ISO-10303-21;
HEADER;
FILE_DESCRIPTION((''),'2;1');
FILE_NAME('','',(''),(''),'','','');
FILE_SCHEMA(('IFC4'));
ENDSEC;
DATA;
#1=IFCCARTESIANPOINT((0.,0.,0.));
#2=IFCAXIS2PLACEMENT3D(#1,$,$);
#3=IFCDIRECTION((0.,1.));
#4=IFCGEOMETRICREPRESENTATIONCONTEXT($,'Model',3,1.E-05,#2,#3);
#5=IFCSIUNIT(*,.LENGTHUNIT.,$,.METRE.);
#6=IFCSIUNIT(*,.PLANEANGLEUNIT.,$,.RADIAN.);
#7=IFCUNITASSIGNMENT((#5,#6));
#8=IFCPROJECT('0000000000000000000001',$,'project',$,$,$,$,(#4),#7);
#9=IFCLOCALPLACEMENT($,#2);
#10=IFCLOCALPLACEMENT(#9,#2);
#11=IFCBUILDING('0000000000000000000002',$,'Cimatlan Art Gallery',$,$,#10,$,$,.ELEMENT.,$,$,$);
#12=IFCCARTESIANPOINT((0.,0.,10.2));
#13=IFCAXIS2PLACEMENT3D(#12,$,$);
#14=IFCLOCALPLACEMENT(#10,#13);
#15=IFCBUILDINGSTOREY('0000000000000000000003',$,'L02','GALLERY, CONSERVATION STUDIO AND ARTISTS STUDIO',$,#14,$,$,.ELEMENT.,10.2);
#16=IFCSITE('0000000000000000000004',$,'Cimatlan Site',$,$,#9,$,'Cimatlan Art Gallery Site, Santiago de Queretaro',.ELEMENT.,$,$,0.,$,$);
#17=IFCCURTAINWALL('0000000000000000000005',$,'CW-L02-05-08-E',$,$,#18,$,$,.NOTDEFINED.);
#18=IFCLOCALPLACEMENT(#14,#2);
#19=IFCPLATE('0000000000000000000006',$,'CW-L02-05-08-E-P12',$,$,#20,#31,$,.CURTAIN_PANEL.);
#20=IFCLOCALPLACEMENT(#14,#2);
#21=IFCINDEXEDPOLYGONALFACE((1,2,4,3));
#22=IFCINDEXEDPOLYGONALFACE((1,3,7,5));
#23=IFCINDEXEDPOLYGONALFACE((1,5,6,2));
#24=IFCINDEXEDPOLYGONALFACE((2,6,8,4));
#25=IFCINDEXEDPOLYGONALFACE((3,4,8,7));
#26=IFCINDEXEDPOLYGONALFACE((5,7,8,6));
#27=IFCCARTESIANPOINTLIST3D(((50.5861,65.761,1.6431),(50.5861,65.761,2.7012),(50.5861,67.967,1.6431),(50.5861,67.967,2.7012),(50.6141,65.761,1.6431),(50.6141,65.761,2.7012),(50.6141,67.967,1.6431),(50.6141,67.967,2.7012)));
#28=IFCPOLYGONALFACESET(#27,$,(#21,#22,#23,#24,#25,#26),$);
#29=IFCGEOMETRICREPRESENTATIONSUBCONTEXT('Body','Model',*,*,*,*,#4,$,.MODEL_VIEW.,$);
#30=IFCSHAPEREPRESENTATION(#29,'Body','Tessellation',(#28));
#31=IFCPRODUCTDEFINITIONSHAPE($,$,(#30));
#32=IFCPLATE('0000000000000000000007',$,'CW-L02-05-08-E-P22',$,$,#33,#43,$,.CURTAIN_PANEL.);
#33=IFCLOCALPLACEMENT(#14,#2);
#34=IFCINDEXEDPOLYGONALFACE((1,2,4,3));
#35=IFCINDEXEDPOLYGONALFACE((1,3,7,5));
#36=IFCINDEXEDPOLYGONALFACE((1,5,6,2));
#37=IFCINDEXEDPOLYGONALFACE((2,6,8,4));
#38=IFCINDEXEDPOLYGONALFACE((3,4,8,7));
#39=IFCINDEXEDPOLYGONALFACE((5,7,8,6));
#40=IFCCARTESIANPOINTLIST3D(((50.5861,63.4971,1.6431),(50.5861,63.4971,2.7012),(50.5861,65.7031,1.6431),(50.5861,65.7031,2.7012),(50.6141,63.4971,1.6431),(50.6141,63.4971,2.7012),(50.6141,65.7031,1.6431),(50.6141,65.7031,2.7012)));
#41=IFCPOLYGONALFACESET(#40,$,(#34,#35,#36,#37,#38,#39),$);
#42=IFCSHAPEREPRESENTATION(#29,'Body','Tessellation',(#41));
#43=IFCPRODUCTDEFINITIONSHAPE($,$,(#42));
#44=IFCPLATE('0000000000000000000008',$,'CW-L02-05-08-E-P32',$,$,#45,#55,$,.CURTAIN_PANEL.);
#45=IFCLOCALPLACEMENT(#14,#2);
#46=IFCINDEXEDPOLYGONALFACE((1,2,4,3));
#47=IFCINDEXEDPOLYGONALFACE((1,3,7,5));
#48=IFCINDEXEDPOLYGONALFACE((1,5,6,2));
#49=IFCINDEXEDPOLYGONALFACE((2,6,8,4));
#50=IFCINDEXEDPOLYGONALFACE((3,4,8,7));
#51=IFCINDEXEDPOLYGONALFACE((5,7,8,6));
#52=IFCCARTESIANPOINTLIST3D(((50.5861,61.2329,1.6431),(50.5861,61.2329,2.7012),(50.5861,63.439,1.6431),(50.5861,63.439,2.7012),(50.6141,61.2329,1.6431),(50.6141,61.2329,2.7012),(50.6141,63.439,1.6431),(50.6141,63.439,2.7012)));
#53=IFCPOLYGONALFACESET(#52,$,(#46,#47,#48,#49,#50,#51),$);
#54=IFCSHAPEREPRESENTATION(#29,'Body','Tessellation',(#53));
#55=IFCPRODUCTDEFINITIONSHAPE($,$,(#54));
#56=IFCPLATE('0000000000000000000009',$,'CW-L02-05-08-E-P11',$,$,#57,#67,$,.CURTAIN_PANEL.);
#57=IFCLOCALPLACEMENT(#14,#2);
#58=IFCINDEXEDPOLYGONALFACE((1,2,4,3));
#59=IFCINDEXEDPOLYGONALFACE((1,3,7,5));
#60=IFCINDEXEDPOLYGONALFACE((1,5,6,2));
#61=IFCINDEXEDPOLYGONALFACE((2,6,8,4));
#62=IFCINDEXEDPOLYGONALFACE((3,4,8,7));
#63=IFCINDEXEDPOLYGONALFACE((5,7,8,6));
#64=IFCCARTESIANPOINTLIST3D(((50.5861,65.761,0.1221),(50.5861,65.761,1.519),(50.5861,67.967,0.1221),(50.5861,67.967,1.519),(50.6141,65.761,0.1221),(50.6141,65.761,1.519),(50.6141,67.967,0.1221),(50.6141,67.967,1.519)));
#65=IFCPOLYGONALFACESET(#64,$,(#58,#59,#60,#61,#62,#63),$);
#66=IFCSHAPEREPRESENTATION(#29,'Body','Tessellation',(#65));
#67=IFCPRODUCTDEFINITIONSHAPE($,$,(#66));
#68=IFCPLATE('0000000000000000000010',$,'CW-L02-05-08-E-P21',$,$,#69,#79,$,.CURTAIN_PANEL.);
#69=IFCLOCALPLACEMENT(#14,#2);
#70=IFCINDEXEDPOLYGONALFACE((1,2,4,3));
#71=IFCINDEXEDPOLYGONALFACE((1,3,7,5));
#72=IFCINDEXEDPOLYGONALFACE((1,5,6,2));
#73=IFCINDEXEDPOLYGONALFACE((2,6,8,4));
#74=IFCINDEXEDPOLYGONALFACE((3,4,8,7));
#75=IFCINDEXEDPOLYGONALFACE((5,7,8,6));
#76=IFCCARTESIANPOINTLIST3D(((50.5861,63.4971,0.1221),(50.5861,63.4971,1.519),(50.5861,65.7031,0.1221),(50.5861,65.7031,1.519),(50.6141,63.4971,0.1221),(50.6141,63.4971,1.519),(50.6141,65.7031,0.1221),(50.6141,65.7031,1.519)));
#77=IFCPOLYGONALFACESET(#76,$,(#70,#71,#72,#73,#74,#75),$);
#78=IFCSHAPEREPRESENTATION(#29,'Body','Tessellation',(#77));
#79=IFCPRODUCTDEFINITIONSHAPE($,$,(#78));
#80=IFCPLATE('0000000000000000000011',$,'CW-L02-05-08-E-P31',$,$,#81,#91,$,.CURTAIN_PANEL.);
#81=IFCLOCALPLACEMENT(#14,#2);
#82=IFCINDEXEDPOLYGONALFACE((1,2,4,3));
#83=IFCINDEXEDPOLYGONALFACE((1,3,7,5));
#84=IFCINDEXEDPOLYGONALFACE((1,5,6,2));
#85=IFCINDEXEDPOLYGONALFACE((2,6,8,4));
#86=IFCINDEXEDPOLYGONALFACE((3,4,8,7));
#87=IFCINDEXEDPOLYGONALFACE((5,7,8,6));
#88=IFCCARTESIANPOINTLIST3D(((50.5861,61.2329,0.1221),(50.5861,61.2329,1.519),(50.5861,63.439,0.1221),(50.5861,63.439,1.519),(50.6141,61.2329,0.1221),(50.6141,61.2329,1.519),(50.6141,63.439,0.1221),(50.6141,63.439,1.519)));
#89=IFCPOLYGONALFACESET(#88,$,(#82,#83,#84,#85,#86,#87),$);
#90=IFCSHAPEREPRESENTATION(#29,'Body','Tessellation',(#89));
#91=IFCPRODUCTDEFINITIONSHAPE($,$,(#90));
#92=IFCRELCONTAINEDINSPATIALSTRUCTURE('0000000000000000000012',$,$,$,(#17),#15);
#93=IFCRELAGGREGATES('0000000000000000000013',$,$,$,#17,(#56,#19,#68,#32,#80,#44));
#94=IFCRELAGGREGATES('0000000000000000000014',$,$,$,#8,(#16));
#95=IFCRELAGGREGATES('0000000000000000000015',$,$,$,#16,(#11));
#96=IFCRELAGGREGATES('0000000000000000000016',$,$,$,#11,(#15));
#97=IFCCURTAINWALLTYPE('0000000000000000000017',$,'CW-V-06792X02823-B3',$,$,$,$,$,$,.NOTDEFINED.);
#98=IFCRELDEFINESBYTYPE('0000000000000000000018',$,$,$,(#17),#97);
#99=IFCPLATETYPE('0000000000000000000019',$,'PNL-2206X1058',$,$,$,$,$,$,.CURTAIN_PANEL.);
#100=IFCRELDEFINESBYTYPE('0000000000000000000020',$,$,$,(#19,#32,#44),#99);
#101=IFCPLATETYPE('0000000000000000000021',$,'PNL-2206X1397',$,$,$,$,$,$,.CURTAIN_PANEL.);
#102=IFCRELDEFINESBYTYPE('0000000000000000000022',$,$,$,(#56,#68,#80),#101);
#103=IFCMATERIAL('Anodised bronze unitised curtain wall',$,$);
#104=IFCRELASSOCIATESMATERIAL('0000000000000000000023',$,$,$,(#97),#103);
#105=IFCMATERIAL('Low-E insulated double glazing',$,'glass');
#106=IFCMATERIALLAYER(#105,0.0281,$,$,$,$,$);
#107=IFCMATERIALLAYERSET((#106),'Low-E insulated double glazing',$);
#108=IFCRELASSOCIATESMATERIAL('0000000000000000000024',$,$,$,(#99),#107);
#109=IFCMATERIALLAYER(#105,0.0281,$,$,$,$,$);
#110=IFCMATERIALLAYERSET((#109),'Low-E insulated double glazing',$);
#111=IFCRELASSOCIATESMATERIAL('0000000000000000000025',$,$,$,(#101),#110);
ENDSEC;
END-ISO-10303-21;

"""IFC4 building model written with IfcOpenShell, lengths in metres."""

from ifc_helpers import new_model, si_unit, direction, frame, origin, origin_2d, place, context, subcontext, project, spatial, rectangle, extrude, material, layer, layer_set, type_object, element, aggregate, save


model = new_model("IFC4")

# Units and contexts
model_context = context("Model", 3, precision=1e-05, world=origin(), true_north=direction((0.0, 1.0)))
body_context = subcontext(model_context, "Body", "Model", "MODEL_VIEW")
ifc_project = project(units=[si_unit("LENGTHUNIT", "METRE"), si_unit("PLANEANGLEUNIT", "RADIAN")], contexts=[model_context])

# Site, building, storey
site_placement = place(None, origin())
site = spatial("IfcSite", under=ifc_project, at=site_placement, Name="Cimatlan Site", LongName="Cimatlan Art Gallery Site, Santiago de Queretaro", CompositionType="ELEMENT", RefElevation=0.0)
building_placement = place(site_placement, origin())
building = spatial("IfcBuilding", under=site, at=building_placement, Name="Cimatlan Art Gallery", CompositionType="ELEMENT")
storey_placement = place(building_placement, frame((0.0, 0.0, 10.2)))
storey = spatial("IfcBuildingStorey", under=building, at=storey_placement, Name="L02", Description="GALLERY, CONSERVATION STUDIO AND ARTISTS STUDIO", CompositionType="ELEMENT", Elevation=10.2)

# Shared definitions
ifc_material_1 = material(Name="Anodised bronze unitised curtain wall")

# Curtain wall
curtain_wall_type_1 = type_object("IfcCurtainWallType", Name="CW-V-06792X02823-B3", PredefinedType="NOTDEFINED", material=ifc_material_1)
curtain_wall_1_placement = place(storey_placement, origin())
curtain_wall_1 = element("IfcCurtainWall", 1, at=curtain_wall_1_placement, inside=storey, type_object=curtain_wall_type_1, Name="CW-L02-05-08-E", PredefinedType="NOTDEFINED")

# Plates
ifc_material_2 = material(Name="Low-E insulated double glazing", Category="glass")
ifc_layer_1 = layer(ifc_material_2, 0.0281)
ifc_layer_set_1 = layer_set([ifc_layer_1], Name="Low-E insulated double glazing")
plate_type_1 = type_object("IfcPlateType", Name="PNL-2206X1058", PredefinedType="CURTAIN_PANEL", material=ifc_layer_set_1)
plate_1_placement = place(storey_placement, frame((50.6001, 66.864, 1.6431), z_axis=(0.0, 0.0, 1.0), x_axis=(0.0, -1.0, 0.0)))
plate_1 = element("IfcPlate", 2, at=plate_1_placement, type_object=plate_type_1, Name="CW-L02-05-08-E-P12", PredefinedType="CURTAIN_PANEL", context=body_context, shape_type="SweptSolid", body=[
    extrude(rectangle(XDim=2.2061, YDim=0.0281, at=origin_2d()), origin(), (0.0, 0.0, 1.0), 1.0581),
])
plate_2_placement = place(storey_placement, frame((50.6001, 64.6001, 1.6431), z_axis=(0.0, 0.0, 1.0), x_axis=(0.0, -1.0, 0.0)))
plate_2 = element("IfcPlate", 3, at=plate_2_placement, type_object=plate_type_1, Name="CW-L02-05-08-E-P22", PredefinedType="CURTAIN_PANEL", context=body_context, shape_type="SweptSolid", body=[
    extrude(rectangle(XDim=2.2061, YDim=0.0281, at=origin_2d()), origin(), (0.0, 0.0, 1.0), 1.0581),
])
plate_3_placement = place(storey_placement, frame((50.6001, 62.3359, 1.6431), z_axis=(0.0, 0.0, 1.0), x_axis=(0.0, -1.0, 0.0)))
plate_3 = element("IfcPlate", 4, at=plate_3_placement, type_object=plate_type_1, Name="CW-L02-05-08-E-P32", PredefinedType="CURTAIN_PANEL", context=body_context, shape_type="SweptSolid", body=[
    extrude(rectangle(XDim=2.2061, YDim=0.0281, at=origin_2d()), origin(), (0.0, 0.0, 1.0), 1.0581),
])
ifc_layer_2 = layer(ifc_material_2, 0.0281)
ifc_layer_set_2 = layer_set([ifc_layer_2], Name="Low-E insulated double glazing")
plate_type_2 = type_object("IfcPlateType", Name="PNL-2206X1397", PredefinedType="CURTAIN_PANEL", material=ifc_layer_set_2)
plate_4_placement = place(storey_placement, frame((50.6001, 66.864, 0.1221), z_axis=(0.0, 0.0, 1.0), x_axis=(0.0, -1.0, 0.0)))
plate_4 = element("IfcPlate", 5, at=plate_4_placement, type_object=plate_type_2, Name="CW-L02-05-08-E-P11", PredefinedType="CURTAIN_PANEL", context=body_context, shape_type="SweptSolid", body=[
    extrude(rectangle(XDim=2.2061, YDim=0.0281, at=origin_2d()), origin(), (0.0, 0.0, 1.0), 1.397),
])
plate_5_placement = place(storey_placement, frame((50.6001, 64.6001, 0.1221), z_axis=(0.0, 0.0, 1.0), x_axis=(0.0, -1.0, 0.0)))
plate_5 = element("IfcPlate", 6, at=plate_5_placement, type_object=plate_type_2, Name="CW-L02-05-08-E-P21", PredefinedType="CURTAIN_PANEL", context=body_context, shape_type="SweptSolid", body=[
    extrude(rectangle(XDim=2.2061, YDim=0.0281, at=origin_2d()), origin(), (0.0, 0.0, 1.0), 1.397),
])
plate_6_placement = place(storey_placement, frame((50.6001, 62.3359, 0.1221), z_axis=(0.0, 0.0, 1.0), x_axis=(0.0, -1.0, 0.0)))
plate_6 = element("IfcPlate", 7, at=plate_6_placement, type_object=plate_type_2, Name="CW-L02-05-08-E-P31", PredefinedType="CURTAIN_PANEL", context=body_context, shape_type="SweptSolid", body=[
    extrude(rectangle(XDim=2.2061, YDim=0.0281, at=origin_2d()), origin(), (0.0, 0.0, 1.0), 1.397),
])
aggregate(curtain_wall_1, [plate_4, plate_1, plate_5, plate_2, plate_6, plate_3])

save(model, "model.ifc")
